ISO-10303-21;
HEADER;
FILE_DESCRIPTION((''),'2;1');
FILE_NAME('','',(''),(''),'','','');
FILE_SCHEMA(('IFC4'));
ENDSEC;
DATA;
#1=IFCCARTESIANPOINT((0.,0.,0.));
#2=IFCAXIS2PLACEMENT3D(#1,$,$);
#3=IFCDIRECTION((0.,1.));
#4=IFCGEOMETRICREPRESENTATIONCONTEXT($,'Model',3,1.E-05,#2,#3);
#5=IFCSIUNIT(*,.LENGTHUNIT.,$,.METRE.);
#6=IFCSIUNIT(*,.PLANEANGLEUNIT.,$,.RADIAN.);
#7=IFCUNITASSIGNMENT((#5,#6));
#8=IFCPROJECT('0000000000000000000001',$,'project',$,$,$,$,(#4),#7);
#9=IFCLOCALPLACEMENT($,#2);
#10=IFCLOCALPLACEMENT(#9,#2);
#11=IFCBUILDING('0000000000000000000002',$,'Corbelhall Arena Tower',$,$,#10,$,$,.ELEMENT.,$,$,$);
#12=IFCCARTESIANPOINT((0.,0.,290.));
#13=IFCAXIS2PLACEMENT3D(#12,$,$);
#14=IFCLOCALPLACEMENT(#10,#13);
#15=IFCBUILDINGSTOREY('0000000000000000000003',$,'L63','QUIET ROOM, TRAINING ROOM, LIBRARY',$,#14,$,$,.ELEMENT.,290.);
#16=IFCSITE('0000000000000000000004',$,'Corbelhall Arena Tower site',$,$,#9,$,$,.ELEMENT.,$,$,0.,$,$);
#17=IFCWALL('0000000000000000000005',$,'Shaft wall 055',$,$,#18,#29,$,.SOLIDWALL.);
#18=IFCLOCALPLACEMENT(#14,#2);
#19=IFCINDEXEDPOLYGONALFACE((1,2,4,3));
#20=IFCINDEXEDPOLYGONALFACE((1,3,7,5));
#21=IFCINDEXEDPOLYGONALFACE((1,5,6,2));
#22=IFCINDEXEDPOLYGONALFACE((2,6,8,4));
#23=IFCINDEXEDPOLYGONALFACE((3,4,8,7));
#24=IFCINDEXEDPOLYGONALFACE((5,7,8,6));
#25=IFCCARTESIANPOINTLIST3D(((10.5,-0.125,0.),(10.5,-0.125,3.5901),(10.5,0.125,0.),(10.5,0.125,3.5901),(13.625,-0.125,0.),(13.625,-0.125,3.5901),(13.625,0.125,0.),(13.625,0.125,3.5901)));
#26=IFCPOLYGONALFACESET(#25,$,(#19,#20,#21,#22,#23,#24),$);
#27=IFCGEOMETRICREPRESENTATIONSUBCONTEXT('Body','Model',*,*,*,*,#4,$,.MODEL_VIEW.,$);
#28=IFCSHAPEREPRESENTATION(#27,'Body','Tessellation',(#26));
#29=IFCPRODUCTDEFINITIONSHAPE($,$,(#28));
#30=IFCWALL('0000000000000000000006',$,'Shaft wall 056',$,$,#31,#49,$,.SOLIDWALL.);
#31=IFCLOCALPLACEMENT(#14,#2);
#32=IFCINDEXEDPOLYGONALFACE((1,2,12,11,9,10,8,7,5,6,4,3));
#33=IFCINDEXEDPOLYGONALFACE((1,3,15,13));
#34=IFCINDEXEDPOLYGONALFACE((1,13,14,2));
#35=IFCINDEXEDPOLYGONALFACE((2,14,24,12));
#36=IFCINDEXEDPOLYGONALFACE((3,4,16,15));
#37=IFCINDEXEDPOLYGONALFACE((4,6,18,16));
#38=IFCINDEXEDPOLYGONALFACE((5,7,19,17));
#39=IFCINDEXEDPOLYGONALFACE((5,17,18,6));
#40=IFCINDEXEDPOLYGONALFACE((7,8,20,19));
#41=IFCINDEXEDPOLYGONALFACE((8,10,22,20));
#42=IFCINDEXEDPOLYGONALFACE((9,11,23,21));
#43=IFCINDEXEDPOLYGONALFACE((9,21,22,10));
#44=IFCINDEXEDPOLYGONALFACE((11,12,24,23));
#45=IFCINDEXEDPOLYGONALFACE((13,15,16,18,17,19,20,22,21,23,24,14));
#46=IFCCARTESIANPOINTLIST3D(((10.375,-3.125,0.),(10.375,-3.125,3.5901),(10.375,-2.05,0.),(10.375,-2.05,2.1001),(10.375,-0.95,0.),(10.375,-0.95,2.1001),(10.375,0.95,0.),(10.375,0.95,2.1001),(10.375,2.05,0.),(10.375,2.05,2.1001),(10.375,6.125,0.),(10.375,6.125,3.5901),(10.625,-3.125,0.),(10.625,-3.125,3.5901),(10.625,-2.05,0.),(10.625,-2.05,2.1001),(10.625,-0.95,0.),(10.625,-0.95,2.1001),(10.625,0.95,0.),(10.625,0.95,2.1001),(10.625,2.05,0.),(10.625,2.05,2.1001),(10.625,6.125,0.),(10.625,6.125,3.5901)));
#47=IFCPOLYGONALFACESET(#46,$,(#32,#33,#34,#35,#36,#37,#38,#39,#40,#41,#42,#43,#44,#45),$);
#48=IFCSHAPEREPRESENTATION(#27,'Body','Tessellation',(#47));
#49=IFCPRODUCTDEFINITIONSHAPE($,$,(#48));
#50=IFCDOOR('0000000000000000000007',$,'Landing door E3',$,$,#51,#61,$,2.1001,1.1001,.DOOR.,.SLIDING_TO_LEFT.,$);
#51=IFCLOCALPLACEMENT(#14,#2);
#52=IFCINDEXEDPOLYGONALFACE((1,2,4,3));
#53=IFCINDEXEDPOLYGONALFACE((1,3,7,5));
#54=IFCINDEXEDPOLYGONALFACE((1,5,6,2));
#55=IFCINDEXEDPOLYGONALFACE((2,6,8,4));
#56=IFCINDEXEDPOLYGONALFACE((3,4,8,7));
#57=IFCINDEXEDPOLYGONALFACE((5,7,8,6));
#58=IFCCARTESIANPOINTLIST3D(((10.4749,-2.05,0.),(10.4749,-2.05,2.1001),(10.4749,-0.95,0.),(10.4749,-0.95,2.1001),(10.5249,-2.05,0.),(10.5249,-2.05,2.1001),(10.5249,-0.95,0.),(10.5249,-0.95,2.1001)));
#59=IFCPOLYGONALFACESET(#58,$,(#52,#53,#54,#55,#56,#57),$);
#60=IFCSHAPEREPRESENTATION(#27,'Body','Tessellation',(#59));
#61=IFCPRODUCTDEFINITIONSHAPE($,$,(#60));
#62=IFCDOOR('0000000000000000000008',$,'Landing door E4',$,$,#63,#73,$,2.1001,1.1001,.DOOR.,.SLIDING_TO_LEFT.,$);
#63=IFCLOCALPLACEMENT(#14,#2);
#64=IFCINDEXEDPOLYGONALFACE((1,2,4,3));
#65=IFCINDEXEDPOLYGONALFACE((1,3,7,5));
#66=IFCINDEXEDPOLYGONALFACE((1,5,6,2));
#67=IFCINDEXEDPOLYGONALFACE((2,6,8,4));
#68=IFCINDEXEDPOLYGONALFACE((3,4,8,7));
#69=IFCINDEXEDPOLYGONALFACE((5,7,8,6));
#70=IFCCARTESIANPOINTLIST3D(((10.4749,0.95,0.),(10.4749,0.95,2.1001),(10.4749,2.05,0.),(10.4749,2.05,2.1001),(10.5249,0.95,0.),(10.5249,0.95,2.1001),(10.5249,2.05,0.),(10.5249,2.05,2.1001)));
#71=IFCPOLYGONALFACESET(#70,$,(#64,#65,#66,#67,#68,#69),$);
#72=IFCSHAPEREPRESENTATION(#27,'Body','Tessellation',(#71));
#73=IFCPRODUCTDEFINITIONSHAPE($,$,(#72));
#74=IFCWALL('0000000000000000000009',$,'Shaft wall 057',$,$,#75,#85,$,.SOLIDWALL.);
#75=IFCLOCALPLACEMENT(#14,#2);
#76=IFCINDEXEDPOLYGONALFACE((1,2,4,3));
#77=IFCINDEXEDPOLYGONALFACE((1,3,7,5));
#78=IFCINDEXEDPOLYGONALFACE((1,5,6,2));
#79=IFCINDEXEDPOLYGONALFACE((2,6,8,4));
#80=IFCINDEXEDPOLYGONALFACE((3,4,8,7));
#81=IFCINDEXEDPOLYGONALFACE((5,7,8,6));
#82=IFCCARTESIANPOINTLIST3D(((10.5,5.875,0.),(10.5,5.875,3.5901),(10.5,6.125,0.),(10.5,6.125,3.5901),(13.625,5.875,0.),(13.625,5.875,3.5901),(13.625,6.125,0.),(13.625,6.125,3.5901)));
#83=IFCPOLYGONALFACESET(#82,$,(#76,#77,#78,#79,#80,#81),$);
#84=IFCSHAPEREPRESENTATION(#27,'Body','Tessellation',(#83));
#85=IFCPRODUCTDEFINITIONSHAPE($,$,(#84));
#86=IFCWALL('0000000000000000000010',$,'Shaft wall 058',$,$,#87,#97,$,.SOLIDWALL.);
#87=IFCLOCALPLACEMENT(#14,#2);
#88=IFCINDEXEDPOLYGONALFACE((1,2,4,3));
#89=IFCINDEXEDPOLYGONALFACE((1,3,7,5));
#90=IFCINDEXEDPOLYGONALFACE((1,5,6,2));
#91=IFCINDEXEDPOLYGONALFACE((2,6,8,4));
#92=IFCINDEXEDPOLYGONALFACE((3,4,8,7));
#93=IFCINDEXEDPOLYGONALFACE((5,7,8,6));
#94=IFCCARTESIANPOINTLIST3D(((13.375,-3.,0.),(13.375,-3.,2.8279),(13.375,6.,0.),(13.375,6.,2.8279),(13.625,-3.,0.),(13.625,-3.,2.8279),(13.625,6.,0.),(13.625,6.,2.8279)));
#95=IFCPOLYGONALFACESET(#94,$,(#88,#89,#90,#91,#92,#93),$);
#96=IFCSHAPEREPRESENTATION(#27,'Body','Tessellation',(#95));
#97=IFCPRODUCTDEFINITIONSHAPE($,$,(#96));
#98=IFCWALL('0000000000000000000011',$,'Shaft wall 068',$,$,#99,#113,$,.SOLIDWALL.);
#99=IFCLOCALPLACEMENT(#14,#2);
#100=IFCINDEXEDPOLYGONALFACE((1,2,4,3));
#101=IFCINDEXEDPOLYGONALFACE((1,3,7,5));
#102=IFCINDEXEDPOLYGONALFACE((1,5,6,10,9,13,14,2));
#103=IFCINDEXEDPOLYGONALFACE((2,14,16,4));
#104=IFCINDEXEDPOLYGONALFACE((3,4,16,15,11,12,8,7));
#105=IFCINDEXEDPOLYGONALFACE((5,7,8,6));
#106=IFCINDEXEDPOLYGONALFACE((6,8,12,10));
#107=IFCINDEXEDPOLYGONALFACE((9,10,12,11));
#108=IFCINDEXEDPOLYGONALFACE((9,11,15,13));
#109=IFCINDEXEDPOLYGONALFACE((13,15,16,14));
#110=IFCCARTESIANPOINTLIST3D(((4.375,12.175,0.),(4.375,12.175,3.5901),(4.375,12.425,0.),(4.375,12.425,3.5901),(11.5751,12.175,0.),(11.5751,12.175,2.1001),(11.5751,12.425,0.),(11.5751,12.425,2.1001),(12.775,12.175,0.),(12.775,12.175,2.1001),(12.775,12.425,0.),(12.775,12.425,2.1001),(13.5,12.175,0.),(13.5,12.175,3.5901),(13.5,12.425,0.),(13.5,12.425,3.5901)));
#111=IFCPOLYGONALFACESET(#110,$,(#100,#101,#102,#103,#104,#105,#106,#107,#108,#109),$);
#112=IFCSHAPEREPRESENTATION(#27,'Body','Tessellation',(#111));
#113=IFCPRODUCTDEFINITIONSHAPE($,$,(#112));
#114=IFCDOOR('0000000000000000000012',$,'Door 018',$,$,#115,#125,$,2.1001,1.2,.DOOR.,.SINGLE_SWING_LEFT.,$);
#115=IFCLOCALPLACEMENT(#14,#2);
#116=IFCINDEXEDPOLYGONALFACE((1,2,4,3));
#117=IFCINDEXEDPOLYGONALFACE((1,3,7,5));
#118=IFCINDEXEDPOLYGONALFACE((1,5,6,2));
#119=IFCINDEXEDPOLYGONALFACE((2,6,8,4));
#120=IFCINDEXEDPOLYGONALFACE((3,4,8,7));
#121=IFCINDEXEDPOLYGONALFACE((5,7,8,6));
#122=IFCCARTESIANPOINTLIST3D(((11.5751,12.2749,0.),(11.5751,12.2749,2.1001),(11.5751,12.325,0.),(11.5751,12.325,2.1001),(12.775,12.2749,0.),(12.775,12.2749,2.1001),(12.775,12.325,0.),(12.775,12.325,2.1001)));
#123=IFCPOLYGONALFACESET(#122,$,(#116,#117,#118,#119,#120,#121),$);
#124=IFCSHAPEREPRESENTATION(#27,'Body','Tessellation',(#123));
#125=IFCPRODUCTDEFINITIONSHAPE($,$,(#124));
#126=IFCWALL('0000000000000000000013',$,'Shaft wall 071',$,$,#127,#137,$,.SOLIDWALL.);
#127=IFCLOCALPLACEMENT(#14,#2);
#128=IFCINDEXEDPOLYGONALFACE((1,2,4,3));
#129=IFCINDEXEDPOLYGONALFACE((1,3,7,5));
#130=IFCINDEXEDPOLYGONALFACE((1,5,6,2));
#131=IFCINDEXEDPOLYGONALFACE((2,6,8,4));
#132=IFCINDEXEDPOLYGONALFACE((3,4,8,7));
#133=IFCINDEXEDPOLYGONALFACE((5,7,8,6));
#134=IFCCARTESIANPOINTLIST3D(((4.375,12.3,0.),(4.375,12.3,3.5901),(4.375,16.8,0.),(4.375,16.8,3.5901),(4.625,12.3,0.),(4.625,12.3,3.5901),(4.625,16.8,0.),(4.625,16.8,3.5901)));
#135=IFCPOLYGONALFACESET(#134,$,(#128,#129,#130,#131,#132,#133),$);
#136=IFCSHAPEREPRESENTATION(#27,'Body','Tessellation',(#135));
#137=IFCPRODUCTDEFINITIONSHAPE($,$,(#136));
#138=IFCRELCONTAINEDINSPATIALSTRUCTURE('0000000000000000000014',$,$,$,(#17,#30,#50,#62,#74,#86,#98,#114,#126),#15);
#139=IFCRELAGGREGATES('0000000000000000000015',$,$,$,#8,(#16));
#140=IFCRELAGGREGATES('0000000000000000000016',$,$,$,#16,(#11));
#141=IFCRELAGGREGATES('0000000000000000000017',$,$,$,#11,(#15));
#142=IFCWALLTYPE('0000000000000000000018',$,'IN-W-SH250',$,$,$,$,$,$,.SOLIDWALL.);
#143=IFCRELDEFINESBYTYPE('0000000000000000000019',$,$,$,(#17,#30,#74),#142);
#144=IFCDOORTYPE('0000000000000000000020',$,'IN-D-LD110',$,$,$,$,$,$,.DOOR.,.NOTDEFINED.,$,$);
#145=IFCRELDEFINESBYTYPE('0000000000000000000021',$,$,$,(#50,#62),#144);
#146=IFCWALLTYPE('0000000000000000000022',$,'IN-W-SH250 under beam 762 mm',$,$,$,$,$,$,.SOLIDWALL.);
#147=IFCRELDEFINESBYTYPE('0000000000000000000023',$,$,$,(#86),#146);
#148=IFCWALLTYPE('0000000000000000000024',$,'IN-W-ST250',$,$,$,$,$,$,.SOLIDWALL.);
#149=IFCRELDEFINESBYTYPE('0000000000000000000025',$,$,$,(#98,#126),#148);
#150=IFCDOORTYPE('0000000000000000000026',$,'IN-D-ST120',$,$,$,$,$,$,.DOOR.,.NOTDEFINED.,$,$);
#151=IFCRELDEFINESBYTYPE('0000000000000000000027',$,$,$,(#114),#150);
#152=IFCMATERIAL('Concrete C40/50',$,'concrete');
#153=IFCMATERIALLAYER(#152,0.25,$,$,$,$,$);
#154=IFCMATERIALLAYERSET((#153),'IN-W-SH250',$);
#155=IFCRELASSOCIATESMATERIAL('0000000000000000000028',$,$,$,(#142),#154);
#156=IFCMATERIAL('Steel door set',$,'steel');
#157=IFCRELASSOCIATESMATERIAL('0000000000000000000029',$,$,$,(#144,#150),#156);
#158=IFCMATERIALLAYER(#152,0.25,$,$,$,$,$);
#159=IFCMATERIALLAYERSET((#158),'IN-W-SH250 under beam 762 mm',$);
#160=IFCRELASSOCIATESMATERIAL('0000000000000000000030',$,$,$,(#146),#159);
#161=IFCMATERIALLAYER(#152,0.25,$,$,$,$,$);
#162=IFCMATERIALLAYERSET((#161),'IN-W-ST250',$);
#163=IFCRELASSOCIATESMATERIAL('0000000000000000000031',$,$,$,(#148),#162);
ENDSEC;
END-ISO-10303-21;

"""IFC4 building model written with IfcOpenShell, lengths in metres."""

from ifc_helpers import new_model, si_unit, direction, frame, frame_2d, origin, place, context, subcontext, project, spatial, rectangle, extrude, material, layer, layer_set, type_object, element, fill, save


model = new_model("IFC4")

# Units and contexts
model_context = context("Model", 3, precision=1e-05, world=origin(), true_north=direction((0.0, 1.0)))
body_context = subcontext(model_context, "Body", "Model", "MODEL_VIEW")
ifc_project = project(units=[si_unit("LENGTHUNIT", "METRE"), si_unit("PLANEANGLEUNIT", "RADIAN")], contexts=[model_context])

# Site, building, storey
site_placement = place(None, origin())
site = spatial("IfcSite", under=ifc_project, at=site_placement, Name="Corbelhall Arena Tower site", CompositionType="ELEMENT", RefElevation=0.0)
building_placement = place(site_placement, origin())
building = spatial("IfcBuilding", under=site, at=building_placement, Name="Corbelhall Arena Tower", CompositionType="ELEMENT")
storey_placement = place(building_placement, frame((0.0, 0.0, 290.0)))
storey = spatial("IfcBuildingStorey", under=building, at=storey_placement, Name="L63", Description="QUIET ROOM, TRAINING ROOM, LIBRARY", CompositionType="ELEMENT", Elevation=290.0)

# Shared definitions
ifc_material_1 = material(Name="Steel door set", Category="steel")

# Shared definitions
ifc_material_2 = material(Name="Concrete C40/50", Category="concrete")
ifc_layer_1 = layer(ifc_material_2, 0.25)
ifc_layer_set_1 = layer_set([ifc_layer_1], Name="IN-W-SH250")
wall_type_1 = type_object("IfcWallType", Name="IN-W-SH250", PredefinedType="SOLIDWALL", material=ifc_layer_set_1)

# Wall
wall_1_placement = place(storey_placement, frame((10.5, 0.0, 0.0), z_axis=(0.0, 0.0, 1.0), x_axis=(1.0, 0.0, 0.0)))
element("IfcWall", 1, at=wall_1_placement, inside=storey, type_object=wall_type_1, Name="Shaft wall 055", PredefinedType="SOLIDWALL", context=body_context, shape_type="SweptSolid", body=[
    extrude(rectangle(XDim=3.125, YDim=0.25, at=frame_2d((1.5625, 0.0))), origin(), (0.0, 0.0, 1.0), 3.5901),
])

# Wall, openings, doors
wall_2_placement = place(storey_placement, frame((10.5, 6.125, 0.0), z_axis=(0.0, 0.0, 1.0), x_axis=(0.0, -1.0, 0.0)))
wall_2 = element("IfcWall", 2, at=wall_2_placement, inside=storey, type_object=wall_type_1, Name="Shaft wall 056", PredefinedType="SOLIDWALL", context=body_context, shape_type="SweptSolid", body=[
    extrude(rectangle(XDim=9.25, YDim=0.25, at=frame_2d((4.625, 0.0))), origin(), (0.0, 0.0, 1.0), 3.5901),
])
opening_1_placement = place(wall_2_placement, frame((7.075, 0.0, 0.0)))
opening_1 = element("IfcOpeningElement", 3, at=opening_1_placement, cuts=wall_2, PredefinedType="OPENING", context=body_context, shape_type="SweptSolid", body=[
    extrude(rectangle(XDim=1.1001, YDim=2.1001, at=frame_2d((0.55, 1.05))), frame((0.0, 0.125, 0.0), z_axis=(0.0, -1.0, 0.0), x_axis=(1.0, 0.0, 0.0)), (0.0, 0.0, 1.0), 0.25),
])
opening_2_placement = place(wall_2_placement, frame((4.075, 0.0, 0.0)))
opening_2 = element("IfcOpeningElement", 4, at=opening_2_placement, cuts=wall_2, PredefinedType="OPENING", context=body_context, shape_type="SweptSolid", body=[
    extrude(rectangle(XDim=1.1001, YDim=2.1001, at=frame_2d((0.55, 1.05))), frame((0.0, 0.125, 0.0), z_axis=(0.0, -1.0, 0.0), x_axis=(1.0, 0.0, 0.0)), (0.0, 0.0, 1.0), 0.25),
])
door_type_1 = type_object("IfcDoorType", Name="IN-D-LD110", OperationType="NOTDEFINED", PredefinedType="DOOR", material=ifc_material_1)
door_1_placement = place(opening_1_placement, origin())
door_1 = element("IfcDoor", 5, at=door_1_placement, inside=storey, type_object=door_type_1, Name="Landing door E3", OperationType="SLIDING_TO_LEFT", OverallHeight=2.1001, OverallWidth=1.1001, PredefinedType="DOOR", context=body_context, shape_type="SweptSolid", body=[
    extrude(rectangle(XDim=1.1001, YDim=2.1001, at=frame_2d((0.55, 1.05))), frame((0.0, 0.0249, 0.0), z_axis=(0.0, -1.0, 0.0), x_axis=(1.0, 0.0, 0.0)), (0.0, 0.0, 1.0), 0.05),
])
fill(opening_1, door_1)
door_2_placement = place(opening_2_placement, origin())
door_2 = element("IfcDoor", 6, at=door_2_placement, inside=storey, type_object=door_type_1, Name="Landing door E4", OperationType="SLIDING_TO_LEFT", OverallHeight=2.1001, OverallWidth=1.1001, PredefinedType="DOOR", context=body_context, shape_type="SweptSolid", body=[
    extrude(rectangle(XDim=1.1001, YDim=2.1001, at=frame_2d((0.55, 1.05))), frame((0.0, 0.0249, 0.0), z_axis=(0.0, -1.0, 0.0), x_axis=(1.0, 0.0, 0.0)), (0.0, 0.0, 1.0), 0.05),
])
fill(opening_2, door_2)

# Walls
wall_3_placement = place(storey_placement, frame((10.5, 6.0, 0.0), z_axis=(0.0, 0.0, 1.0), x_axis=(1.0, 0.0, 0.0)))
element("IfcWall", 7, at=wall_3_placement, inside=storey, type_object=wall_type_1, Name="Shaft wall 057", PredefinedType="SOLIDWALL", context=body_context, shape_type="SweptSolid", body=[
    extrude(rectangle(XDim=3.125, YDim=0.25, at=frame_2d((1.5625, 0.0))), origin(), (0.0, 0.0, 1.0), 3.5901),
])
ifc_layer_2 = layer(ifc_material_2, 0.25)
ifc_layer_set_2 = layer_set([ifc_layer_2], Name="IN-W-SH250 under beam 762 mm")
wall_type_2 = type_object("IfcWallType", Name="IN-W-SH250 under beam 762 mm", PredefinedType="SOLIDWALL", material=ifc_layer_set_2)
wall_4_placement = place(storey_placement, frame((13.5, 6.0, 0.0), z_axis=(0.0, 0.0, 1.0), x_axis=(0.0, -1.0, 0.0)))
element("IfcWall", 8, at=wall_4_placement, inside=storey, type_object=wall_type_2, Name="Shaft wall 058", PredefinedType="SOLIDWALL", context=body_context, shape_type="SweptSolid", body=[
    extrude(rectangle(XDim=9.0, YDim=0.25, at=frame_2d((4.5, 0.0))), origin(), (0.0, 0.0, 1.0), 2.8279),
])

# Wall, opening, door
ifc_layer_3 = layer(ifc_material_2, 0.25)
ifc_layer_set_3 = layer_set([ifc_layer_3], Name="IN-W-ST250")
wall_type_3 = type_object("IfcWallType", Name="IN-W-ST250", PredefinedType="SOLIDWALL", material=ifc_layer_set_3)
wall_5_placement = place(storey_placement, frame((4.375, 12.3, 0.0), z_axis=(0.0, 0.0, 1.0), x_axis=(1.0, 0.0, 0.0)))
wall_5 = element("IfcWall", 9, at=wall_5_placement, inside=storey, type_object=wall_type_3, Name="Shaft wall 068", PredefinedType="SOLIDWALL", context=body_context, shape_type="SweptSolid", body=[
    extrude(rectangle(XDim=9.125, YDim=0.25, at=frame_2d((4.5625, 0.0))), origin(), (0.0, 0.0, 1.0), 3.5901),
])
opening_3_placement = place(wall_5_placement, frame((7.2, 0.0, 0.0)))
opening_3 = element("IfcOpeningElement", 10, at=opening_3_placement, cuts=wall_5, PredefinedType="OPENING", context=body_context, shape_type="SweptSolid", body=[
    extrude(rectangle(XDim=1.2, YDim=2.1001, at=frame_2d((0.6001, 1.05))), frame((0.0, 0.125, 0.0), z_axis=(0.0, -1.0, 0.0), x_axis=(1.0, 0.0, 0.0)), (0.0, 0.0, 1.0), 0.25),
])
door_type_2 = type_object("IfcDoorType", Name="IN-D-ST120", OperationType="NOTDEFINED", PredefinedType="DOOR", material=ifc_material_1)
door_3_placement = place(opening_3_placement, origin())
door_3 = element("IfcDoor", 11, at=door_3_placement, inside=storey, type_object=door_type_2, Name="Door 018", OperationType="SINGLE_SWING_LEFT", OverallHeight=2.1001, OverallWidth=1.2, PredefinedType="DOOR", context=body_context, shape_type="SweptSolid", body=[
    extrude(rectangle(XDim=1.2, YDim=2.1001, at=frame_2d((0.6001, 1.05))), frame((0.0, 0.0249, 0.0), z_axis=(0.0, -1.0, 0.0), x_axis=(1.0, 0.0, 0.0)), (0.0, 0.0, 1.0), 0.05),
])
fill(opening_3, door_3)

# Wall
wall_6_placement = place(storey_placement, frame((4.5, 12.3, 0.0), z_axis=(0.0, 0.0, 1.0), x_axis=(0.0, 1.0, 0.0)))
element("IfcWall", 12, at=wall_6_placement, inside=storey, type_object=wall_type_3, Name="Shaft wall 071", PredefinedType="SOLIDWALL", context=body_context, shape_type="SweptSolid", body=[
    extrude(rectangle(XDim=4.5, YDim=0.25, at=frame_2d((2.25, 0.0))), origin(), (0.0, 0.0, 1.0), 3.5901),
])

save(model, "model.ifc")
